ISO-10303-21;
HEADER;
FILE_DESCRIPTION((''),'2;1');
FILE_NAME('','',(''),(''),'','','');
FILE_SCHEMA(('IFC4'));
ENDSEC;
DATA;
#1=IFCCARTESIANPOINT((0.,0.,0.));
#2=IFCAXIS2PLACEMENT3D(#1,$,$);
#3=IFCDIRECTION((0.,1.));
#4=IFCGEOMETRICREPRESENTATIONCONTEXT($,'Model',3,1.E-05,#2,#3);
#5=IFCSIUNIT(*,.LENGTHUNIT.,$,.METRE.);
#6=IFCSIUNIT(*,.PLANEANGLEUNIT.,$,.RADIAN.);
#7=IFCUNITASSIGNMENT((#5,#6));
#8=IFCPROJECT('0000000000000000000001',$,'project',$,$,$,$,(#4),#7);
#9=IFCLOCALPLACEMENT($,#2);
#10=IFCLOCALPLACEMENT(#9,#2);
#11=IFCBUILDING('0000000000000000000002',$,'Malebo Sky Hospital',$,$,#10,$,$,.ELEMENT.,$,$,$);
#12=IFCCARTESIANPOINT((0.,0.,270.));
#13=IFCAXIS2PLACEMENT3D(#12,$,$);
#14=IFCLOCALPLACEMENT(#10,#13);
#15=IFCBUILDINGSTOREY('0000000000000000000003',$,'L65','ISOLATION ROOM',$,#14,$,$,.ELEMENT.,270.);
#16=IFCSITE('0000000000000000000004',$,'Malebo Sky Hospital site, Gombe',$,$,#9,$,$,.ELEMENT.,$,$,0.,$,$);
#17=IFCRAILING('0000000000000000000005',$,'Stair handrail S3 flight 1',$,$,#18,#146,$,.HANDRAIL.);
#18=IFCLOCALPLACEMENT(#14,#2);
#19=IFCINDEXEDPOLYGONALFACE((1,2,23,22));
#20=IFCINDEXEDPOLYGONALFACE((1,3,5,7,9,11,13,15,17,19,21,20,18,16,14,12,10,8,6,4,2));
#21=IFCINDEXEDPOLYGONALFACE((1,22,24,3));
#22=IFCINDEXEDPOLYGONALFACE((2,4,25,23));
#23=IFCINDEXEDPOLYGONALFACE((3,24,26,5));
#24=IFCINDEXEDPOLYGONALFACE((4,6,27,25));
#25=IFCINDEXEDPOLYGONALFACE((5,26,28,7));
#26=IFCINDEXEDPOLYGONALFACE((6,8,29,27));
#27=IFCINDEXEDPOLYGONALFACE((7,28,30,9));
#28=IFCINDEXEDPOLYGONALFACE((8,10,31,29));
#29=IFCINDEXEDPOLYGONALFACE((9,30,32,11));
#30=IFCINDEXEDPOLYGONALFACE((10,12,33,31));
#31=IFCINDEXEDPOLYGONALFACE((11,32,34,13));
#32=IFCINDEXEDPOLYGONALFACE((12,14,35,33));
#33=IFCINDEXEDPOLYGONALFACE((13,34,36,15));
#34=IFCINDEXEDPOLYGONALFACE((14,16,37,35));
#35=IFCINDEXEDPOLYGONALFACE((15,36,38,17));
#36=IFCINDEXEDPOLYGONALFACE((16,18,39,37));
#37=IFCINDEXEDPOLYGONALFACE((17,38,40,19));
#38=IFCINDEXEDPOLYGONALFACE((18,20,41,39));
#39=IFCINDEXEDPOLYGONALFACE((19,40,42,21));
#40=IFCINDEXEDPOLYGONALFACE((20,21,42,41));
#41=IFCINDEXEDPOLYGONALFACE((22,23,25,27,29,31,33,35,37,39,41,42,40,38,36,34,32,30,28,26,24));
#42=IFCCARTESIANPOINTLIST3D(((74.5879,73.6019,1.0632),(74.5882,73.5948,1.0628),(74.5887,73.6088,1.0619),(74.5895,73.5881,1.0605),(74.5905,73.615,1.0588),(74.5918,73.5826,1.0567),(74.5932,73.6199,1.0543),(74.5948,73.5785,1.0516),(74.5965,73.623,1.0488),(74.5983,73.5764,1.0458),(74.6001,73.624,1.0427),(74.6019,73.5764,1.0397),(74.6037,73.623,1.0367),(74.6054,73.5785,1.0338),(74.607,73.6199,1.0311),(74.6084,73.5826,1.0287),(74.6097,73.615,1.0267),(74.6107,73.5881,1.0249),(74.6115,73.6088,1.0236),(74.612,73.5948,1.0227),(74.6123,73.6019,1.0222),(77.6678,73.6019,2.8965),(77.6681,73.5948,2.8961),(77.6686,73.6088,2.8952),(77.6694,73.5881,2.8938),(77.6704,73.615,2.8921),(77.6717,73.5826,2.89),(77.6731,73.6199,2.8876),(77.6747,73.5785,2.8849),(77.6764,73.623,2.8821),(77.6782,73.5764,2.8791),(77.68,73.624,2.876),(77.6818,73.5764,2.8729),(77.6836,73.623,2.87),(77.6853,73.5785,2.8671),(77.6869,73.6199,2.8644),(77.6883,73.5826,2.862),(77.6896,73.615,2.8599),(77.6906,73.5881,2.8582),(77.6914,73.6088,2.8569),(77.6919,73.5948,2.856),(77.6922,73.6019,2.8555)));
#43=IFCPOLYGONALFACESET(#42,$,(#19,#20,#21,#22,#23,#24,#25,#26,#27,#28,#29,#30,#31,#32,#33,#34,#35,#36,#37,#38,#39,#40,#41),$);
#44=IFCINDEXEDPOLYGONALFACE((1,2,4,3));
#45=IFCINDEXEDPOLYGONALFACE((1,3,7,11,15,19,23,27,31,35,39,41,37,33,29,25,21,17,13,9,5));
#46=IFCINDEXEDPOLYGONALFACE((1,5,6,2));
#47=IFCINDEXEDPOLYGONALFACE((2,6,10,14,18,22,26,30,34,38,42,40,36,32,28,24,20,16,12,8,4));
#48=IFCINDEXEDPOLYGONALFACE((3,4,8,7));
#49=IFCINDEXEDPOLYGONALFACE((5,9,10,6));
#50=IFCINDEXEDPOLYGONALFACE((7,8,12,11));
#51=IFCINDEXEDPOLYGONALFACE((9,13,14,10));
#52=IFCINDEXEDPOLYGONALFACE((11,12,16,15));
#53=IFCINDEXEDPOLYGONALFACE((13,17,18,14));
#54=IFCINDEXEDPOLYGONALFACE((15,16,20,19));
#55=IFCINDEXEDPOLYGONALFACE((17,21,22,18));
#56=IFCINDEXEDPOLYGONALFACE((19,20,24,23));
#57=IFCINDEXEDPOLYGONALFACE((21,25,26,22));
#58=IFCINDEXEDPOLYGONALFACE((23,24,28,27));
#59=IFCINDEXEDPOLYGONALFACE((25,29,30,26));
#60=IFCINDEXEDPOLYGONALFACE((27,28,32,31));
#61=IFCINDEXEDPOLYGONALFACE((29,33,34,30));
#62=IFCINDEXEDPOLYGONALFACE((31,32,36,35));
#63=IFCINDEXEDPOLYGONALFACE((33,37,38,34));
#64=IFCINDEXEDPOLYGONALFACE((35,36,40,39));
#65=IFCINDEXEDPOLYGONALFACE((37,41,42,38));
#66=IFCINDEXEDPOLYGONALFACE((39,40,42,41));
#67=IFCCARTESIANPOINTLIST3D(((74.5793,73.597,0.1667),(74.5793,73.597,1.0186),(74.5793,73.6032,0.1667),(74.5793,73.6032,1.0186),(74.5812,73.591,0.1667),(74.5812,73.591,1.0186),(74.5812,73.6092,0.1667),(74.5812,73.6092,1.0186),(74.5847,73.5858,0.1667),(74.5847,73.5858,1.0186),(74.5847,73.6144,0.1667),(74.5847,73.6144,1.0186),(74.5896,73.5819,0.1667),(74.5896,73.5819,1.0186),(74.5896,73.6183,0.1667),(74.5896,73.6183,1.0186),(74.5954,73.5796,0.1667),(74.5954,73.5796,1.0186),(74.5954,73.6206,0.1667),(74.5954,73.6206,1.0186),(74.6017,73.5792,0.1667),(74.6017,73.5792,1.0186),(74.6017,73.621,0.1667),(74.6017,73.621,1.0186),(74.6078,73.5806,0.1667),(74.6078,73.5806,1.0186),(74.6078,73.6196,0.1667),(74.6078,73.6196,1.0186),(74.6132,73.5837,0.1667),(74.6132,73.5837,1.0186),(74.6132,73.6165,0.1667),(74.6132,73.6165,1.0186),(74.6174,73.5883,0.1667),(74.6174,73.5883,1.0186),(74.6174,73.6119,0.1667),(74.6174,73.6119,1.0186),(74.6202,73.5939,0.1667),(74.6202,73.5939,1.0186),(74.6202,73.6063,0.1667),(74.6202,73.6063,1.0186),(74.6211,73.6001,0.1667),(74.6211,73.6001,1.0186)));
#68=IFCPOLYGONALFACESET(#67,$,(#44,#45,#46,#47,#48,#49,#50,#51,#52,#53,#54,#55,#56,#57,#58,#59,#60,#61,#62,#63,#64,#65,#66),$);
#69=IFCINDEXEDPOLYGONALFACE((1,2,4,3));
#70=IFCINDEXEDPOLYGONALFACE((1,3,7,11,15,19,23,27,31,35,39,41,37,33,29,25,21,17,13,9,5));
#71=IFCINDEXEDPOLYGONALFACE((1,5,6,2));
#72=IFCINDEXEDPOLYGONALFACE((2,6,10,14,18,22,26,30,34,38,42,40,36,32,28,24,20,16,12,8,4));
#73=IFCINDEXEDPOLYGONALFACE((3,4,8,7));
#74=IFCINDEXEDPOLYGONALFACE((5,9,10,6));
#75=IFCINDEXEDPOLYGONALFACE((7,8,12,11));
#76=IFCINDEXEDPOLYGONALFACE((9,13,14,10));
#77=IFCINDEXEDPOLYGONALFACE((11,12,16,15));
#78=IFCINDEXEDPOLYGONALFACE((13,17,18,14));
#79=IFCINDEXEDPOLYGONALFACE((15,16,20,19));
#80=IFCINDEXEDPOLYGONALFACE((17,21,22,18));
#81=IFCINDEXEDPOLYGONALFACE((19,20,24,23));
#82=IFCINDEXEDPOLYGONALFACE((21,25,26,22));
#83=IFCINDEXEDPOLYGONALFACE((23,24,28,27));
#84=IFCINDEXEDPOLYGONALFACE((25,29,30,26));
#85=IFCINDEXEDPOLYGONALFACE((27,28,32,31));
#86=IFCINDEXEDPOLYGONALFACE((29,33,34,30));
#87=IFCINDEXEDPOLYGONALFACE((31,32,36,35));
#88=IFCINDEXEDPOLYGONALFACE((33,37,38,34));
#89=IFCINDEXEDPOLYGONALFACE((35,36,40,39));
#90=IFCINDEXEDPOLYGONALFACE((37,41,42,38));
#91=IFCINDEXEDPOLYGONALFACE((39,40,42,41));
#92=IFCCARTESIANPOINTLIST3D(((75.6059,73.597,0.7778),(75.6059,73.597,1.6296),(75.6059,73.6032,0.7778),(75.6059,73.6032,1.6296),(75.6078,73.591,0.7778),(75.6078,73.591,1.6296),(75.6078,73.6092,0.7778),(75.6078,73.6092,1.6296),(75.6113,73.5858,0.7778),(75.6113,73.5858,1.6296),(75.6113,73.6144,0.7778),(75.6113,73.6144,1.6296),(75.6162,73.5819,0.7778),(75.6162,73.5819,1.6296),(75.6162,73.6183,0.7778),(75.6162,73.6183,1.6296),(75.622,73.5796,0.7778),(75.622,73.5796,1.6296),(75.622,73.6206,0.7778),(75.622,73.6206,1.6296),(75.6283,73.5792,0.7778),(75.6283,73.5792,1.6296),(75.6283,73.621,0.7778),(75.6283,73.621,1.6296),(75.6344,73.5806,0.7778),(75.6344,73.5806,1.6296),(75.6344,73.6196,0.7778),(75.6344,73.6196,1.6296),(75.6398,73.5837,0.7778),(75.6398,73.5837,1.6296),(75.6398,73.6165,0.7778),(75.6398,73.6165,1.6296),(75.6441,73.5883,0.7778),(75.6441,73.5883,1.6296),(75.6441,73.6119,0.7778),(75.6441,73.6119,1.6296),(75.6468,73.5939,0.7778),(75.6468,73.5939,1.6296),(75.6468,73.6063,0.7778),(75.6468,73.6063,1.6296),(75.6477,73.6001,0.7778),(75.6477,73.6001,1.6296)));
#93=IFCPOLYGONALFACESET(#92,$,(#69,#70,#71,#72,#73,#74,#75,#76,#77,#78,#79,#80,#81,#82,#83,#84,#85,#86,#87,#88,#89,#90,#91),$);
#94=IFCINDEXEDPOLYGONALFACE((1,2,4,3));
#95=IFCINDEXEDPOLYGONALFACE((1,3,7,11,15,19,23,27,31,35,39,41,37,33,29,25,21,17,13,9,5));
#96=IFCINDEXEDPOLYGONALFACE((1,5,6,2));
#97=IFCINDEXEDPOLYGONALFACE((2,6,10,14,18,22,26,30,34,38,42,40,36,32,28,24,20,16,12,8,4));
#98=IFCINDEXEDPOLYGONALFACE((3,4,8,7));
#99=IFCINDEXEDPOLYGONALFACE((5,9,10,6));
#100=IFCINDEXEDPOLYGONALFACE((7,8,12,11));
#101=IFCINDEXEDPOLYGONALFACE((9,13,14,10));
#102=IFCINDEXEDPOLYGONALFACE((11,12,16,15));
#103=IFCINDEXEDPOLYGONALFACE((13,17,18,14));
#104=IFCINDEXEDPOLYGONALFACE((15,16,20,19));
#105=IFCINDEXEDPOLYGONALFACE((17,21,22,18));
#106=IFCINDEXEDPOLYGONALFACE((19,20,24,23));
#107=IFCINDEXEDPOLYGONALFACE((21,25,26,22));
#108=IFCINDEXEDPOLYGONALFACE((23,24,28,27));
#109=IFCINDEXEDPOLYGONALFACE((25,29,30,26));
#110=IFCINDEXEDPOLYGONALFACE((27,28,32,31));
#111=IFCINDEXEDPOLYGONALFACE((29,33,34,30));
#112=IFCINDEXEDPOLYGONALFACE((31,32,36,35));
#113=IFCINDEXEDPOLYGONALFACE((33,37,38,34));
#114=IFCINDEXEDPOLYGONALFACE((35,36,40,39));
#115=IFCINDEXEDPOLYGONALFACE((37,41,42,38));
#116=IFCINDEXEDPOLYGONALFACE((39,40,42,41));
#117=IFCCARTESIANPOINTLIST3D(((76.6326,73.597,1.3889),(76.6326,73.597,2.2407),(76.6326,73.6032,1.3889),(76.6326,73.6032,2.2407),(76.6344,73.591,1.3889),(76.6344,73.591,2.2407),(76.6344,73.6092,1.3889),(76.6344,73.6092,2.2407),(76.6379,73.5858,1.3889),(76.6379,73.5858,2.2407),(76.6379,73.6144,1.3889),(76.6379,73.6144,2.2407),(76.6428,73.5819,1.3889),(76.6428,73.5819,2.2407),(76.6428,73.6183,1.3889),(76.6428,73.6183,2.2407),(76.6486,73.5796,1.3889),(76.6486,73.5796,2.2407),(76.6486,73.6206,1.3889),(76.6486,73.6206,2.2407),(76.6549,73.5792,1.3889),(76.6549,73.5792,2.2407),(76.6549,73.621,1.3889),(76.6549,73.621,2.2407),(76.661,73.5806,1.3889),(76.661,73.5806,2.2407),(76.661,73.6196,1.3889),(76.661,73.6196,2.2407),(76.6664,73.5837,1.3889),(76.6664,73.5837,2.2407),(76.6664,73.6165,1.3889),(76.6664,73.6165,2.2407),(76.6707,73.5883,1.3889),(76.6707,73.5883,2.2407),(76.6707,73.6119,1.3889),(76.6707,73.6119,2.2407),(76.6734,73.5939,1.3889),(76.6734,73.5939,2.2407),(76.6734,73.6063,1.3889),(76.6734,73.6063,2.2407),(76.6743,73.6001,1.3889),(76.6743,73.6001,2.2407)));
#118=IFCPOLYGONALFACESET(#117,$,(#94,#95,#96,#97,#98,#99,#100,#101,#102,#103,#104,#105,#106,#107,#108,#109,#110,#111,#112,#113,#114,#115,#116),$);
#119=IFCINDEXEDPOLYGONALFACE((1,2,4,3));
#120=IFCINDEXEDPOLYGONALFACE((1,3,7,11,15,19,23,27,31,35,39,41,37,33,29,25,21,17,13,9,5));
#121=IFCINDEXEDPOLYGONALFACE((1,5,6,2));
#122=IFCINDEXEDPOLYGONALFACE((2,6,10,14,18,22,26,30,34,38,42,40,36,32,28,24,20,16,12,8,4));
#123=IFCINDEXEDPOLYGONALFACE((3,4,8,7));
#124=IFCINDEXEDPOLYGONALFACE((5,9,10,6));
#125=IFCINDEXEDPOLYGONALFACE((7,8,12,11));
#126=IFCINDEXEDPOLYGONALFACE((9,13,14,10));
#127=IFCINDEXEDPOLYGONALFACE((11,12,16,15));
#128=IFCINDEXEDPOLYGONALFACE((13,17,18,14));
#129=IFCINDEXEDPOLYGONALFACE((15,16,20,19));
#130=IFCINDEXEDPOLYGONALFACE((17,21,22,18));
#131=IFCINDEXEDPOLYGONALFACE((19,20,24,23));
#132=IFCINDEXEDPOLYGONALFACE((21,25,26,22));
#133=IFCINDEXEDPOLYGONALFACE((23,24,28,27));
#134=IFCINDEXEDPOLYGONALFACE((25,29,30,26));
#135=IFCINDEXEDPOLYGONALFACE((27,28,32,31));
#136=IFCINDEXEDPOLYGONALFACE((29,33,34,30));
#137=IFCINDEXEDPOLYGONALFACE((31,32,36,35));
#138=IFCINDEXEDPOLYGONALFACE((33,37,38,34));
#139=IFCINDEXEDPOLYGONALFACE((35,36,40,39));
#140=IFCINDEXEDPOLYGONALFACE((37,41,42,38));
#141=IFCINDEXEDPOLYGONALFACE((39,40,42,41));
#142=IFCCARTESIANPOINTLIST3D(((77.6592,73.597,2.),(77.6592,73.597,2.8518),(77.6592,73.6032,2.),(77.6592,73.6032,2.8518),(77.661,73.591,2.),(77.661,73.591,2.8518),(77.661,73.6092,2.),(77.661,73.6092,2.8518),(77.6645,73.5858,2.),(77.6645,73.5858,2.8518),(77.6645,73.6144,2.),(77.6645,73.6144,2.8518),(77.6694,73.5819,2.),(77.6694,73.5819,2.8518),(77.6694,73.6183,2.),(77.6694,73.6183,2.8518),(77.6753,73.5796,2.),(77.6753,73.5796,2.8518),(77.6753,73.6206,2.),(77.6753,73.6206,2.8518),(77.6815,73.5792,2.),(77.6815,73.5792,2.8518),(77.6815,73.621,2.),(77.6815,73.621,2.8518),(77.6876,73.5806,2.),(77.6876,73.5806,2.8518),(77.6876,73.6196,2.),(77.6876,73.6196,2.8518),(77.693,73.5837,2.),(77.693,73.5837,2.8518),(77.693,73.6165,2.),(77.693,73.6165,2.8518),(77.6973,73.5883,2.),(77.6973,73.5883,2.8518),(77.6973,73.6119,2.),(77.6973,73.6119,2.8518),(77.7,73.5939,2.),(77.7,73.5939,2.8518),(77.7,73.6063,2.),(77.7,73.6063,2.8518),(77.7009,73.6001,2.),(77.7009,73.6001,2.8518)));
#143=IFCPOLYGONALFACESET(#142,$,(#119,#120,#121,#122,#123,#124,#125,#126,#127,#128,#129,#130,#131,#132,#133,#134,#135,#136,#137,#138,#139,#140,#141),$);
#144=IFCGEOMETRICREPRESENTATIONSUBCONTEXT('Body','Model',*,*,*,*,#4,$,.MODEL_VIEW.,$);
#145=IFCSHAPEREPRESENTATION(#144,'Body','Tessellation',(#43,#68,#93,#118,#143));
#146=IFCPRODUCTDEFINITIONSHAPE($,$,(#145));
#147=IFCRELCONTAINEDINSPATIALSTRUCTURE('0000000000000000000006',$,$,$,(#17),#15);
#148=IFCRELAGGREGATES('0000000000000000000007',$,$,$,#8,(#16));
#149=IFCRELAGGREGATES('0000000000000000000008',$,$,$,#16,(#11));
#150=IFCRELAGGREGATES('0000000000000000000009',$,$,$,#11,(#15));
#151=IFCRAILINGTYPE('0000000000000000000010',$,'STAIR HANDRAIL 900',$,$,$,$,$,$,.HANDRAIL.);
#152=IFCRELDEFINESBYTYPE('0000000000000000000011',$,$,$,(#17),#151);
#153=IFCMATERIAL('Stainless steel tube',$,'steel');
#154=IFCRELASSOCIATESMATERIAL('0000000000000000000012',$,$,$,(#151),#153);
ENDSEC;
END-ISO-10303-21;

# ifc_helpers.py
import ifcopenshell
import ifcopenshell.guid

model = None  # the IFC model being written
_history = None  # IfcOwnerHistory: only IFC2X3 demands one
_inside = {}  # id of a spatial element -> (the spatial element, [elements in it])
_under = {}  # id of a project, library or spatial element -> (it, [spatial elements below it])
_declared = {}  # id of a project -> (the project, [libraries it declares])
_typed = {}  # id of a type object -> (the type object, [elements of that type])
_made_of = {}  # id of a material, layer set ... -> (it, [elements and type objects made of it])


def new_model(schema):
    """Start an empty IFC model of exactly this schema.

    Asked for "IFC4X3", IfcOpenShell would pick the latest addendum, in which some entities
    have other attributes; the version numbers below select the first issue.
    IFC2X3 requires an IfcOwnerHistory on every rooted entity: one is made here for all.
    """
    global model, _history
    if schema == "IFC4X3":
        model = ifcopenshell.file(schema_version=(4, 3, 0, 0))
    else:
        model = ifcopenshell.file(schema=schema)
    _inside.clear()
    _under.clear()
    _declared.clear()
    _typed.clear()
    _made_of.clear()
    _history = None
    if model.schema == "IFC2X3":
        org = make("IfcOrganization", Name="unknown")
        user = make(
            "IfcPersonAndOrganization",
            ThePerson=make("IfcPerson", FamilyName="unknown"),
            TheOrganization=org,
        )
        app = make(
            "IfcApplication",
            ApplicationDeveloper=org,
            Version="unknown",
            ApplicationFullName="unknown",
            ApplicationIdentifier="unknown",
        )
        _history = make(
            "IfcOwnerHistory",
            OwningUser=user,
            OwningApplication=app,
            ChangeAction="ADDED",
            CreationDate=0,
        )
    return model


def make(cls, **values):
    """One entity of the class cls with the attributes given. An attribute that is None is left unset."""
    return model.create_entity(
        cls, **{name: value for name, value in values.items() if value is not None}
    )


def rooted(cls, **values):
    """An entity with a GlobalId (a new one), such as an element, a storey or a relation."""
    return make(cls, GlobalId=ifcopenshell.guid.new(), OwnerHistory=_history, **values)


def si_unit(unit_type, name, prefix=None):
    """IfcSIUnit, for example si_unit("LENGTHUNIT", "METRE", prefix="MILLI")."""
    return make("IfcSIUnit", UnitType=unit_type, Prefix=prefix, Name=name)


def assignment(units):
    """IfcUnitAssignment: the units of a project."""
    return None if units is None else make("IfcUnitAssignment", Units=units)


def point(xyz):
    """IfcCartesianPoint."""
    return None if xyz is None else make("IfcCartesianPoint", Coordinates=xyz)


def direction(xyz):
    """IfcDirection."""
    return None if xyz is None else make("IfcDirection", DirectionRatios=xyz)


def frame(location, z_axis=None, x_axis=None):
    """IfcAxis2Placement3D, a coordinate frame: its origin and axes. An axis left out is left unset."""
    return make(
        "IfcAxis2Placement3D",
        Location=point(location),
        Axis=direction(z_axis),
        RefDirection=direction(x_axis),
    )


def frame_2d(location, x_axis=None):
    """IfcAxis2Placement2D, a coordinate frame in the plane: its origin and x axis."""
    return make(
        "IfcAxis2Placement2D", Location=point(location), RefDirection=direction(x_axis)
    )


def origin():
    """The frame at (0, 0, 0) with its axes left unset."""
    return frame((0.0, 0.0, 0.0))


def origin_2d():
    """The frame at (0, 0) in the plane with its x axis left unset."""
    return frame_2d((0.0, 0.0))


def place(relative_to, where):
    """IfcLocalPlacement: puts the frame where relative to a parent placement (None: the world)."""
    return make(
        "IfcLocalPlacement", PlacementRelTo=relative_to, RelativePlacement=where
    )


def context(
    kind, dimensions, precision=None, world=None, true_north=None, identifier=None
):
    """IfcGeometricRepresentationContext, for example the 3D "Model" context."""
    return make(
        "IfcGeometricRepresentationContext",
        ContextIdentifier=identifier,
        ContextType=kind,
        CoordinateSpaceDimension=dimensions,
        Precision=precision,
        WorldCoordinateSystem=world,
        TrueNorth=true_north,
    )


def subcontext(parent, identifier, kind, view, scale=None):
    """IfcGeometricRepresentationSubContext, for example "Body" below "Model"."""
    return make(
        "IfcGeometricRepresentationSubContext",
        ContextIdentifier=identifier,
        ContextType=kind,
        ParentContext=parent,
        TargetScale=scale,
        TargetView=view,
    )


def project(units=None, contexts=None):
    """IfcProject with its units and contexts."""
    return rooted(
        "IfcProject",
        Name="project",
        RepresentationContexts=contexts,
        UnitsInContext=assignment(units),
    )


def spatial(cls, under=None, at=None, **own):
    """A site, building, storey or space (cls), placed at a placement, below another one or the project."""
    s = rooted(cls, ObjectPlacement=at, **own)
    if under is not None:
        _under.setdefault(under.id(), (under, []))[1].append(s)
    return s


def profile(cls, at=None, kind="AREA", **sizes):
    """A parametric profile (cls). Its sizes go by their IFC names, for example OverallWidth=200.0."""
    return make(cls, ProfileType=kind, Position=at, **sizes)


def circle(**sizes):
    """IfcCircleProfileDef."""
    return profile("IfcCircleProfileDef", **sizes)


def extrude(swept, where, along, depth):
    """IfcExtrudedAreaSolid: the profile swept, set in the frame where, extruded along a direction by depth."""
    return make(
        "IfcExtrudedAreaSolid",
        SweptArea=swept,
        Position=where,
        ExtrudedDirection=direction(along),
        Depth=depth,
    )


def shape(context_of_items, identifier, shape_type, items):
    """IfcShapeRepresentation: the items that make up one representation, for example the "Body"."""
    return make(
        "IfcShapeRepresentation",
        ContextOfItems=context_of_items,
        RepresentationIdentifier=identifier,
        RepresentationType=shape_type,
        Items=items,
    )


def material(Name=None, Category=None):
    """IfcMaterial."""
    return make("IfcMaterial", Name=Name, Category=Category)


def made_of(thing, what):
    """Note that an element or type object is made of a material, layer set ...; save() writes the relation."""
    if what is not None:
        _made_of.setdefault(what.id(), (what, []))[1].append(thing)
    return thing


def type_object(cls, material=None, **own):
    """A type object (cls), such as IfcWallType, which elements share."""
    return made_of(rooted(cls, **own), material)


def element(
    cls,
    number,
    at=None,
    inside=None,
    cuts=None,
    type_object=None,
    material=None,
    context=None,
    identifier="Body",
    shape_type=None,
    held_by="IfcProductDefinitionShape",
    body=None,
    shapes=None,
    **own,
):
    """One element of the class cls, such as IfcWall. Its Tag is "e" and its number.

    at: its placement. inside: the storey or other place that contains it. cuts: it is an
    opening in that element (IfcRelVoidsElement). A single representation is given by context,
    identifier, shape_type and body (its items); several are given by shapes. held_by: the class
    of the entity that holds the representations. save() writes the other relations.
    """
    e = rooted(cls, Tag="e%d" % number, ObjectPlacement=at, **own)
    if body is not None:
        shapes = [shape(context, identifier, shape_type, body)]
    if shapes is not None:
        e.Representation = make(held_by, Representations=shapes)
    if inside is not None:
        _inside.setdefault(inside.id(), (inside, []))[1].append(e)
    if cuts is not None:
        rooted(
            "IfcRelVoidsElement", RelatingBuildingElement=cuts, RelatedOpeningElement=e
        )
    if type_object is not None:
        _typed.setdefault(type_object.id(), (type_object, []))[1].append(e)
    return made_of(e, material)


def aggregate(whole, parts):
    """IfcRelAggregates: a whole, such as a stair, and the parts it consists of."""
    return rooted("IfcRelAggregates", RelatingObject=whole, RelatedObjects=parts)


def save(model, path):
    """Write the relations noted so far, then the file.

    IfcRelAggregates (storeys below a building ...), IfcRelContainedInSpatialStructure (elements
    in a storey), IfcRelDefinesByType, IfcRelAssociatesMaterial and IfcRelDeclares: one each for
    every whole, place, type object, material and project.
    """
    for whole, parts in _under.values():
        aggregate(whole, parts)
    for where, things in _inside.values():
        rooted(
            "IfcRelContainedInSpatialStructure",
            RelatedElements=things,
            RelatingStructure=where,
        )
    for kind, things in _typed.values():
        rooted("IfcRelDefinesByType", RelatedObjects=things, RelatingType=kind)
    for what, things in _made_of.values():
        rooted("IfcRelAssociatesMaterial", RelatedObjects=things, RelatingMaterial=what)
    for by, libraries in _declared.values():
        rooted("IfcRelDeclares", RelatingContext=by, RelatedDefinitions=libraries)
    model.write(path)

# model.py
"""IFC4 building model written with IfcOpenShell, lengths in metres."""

from ifc_helpers import new_model, si_unit, direction, frame, origin, origin_2d, place, context, subcontext, project, spatial, circle, extrude, material, type_object, element, save


model = new_model("IFC4")

# Units and contexts
model_context = context("Model", 3, precision=1e-05, world=origin(), true_north=direction((0.0, 1.0)))
body_context = subcontext(model_context, "Body", "Model", "MODEL_VIEW")
ifc_project = project(units=[si_unit("LENGTHUNIT", "METRE"), si_unit("PLANEANGLEUNIT", "RADIAN")], contexts=[model_context])

# Site, building, storey
site_placement = place(None, origin())
site = spatial("IfcSite", under=ifc_project, at=site_placement, Name="Malebo Sky Hospital site, Gombe", CompositionType="ELEMENT", RefElevation=0.0)
building_placement = place(site_placement, origin())
building = spatial("IfcBuilding", under=site, at=building_placement, Name="Malebo Sky Hospital", CompositionType="ELEMENT")
storey_placement = place(building_placement, frame((0.0, 0.0, 270.0)))
storey = spatial("IfcBuildingStorey", under=building, at=storey_placement, Name="L65", Description="ISOLATION ROOM", CompositionType="ELEMENT", Elevation=270.0)

# Railing
ifc_material_1 = material(Name="Stainless steel tube", Category="steel")
railing_type_1 = type_object("IfcRailingType", Name="STAIR HANDRAIL 900", PredefinedType="HANDRAIL", material=ifc_material_1)
railing_1_placement = place(storey_placement, frame((74.6001, 73.6001, 0.1667)))
element("IfcRailing", 1, at=railing_1_placement, inside=storey, type_object=railing_type_1, Name="Stair handrail S3 flight 1", PredefinedType="HANDRAIL", context=body_context, shape_type="SweptSolid", body=[
    extrude(circle(Radius=0.0239, at=origin_2d()), frame((0.0, 0.0, 0.876), z_axis=(0.859291, 0.0, 0.511487), x_axis=(0.0, 1.0, 0.0)), (0.0, 0.0, 1.0), 3.5842),
    extrude(circle(Radius=0.021, at=origin_2d()), origin(), (0.0, 0.0, 1.0), 0.8518),
    extrude(circle(Radius=0.021, at=origin_2d()), frame((1.0266, 0.0, 0.6111)), (0.0, 0.0, 1.0), 0.8518),
    extrude(circle(Radius=0.021, at=origin_2d()), frame((2.0532, 0.0, 1.2222)), (0.0, 0.0, 1.0), 0.8518),
    extrude(circle(Radius=0.021, at=origin_2d()), frame((3.0798, 0.0, 1.8333)), (0.0, 0.0, 1.0), 0.8518),
])

save(model, "model.ifc")
